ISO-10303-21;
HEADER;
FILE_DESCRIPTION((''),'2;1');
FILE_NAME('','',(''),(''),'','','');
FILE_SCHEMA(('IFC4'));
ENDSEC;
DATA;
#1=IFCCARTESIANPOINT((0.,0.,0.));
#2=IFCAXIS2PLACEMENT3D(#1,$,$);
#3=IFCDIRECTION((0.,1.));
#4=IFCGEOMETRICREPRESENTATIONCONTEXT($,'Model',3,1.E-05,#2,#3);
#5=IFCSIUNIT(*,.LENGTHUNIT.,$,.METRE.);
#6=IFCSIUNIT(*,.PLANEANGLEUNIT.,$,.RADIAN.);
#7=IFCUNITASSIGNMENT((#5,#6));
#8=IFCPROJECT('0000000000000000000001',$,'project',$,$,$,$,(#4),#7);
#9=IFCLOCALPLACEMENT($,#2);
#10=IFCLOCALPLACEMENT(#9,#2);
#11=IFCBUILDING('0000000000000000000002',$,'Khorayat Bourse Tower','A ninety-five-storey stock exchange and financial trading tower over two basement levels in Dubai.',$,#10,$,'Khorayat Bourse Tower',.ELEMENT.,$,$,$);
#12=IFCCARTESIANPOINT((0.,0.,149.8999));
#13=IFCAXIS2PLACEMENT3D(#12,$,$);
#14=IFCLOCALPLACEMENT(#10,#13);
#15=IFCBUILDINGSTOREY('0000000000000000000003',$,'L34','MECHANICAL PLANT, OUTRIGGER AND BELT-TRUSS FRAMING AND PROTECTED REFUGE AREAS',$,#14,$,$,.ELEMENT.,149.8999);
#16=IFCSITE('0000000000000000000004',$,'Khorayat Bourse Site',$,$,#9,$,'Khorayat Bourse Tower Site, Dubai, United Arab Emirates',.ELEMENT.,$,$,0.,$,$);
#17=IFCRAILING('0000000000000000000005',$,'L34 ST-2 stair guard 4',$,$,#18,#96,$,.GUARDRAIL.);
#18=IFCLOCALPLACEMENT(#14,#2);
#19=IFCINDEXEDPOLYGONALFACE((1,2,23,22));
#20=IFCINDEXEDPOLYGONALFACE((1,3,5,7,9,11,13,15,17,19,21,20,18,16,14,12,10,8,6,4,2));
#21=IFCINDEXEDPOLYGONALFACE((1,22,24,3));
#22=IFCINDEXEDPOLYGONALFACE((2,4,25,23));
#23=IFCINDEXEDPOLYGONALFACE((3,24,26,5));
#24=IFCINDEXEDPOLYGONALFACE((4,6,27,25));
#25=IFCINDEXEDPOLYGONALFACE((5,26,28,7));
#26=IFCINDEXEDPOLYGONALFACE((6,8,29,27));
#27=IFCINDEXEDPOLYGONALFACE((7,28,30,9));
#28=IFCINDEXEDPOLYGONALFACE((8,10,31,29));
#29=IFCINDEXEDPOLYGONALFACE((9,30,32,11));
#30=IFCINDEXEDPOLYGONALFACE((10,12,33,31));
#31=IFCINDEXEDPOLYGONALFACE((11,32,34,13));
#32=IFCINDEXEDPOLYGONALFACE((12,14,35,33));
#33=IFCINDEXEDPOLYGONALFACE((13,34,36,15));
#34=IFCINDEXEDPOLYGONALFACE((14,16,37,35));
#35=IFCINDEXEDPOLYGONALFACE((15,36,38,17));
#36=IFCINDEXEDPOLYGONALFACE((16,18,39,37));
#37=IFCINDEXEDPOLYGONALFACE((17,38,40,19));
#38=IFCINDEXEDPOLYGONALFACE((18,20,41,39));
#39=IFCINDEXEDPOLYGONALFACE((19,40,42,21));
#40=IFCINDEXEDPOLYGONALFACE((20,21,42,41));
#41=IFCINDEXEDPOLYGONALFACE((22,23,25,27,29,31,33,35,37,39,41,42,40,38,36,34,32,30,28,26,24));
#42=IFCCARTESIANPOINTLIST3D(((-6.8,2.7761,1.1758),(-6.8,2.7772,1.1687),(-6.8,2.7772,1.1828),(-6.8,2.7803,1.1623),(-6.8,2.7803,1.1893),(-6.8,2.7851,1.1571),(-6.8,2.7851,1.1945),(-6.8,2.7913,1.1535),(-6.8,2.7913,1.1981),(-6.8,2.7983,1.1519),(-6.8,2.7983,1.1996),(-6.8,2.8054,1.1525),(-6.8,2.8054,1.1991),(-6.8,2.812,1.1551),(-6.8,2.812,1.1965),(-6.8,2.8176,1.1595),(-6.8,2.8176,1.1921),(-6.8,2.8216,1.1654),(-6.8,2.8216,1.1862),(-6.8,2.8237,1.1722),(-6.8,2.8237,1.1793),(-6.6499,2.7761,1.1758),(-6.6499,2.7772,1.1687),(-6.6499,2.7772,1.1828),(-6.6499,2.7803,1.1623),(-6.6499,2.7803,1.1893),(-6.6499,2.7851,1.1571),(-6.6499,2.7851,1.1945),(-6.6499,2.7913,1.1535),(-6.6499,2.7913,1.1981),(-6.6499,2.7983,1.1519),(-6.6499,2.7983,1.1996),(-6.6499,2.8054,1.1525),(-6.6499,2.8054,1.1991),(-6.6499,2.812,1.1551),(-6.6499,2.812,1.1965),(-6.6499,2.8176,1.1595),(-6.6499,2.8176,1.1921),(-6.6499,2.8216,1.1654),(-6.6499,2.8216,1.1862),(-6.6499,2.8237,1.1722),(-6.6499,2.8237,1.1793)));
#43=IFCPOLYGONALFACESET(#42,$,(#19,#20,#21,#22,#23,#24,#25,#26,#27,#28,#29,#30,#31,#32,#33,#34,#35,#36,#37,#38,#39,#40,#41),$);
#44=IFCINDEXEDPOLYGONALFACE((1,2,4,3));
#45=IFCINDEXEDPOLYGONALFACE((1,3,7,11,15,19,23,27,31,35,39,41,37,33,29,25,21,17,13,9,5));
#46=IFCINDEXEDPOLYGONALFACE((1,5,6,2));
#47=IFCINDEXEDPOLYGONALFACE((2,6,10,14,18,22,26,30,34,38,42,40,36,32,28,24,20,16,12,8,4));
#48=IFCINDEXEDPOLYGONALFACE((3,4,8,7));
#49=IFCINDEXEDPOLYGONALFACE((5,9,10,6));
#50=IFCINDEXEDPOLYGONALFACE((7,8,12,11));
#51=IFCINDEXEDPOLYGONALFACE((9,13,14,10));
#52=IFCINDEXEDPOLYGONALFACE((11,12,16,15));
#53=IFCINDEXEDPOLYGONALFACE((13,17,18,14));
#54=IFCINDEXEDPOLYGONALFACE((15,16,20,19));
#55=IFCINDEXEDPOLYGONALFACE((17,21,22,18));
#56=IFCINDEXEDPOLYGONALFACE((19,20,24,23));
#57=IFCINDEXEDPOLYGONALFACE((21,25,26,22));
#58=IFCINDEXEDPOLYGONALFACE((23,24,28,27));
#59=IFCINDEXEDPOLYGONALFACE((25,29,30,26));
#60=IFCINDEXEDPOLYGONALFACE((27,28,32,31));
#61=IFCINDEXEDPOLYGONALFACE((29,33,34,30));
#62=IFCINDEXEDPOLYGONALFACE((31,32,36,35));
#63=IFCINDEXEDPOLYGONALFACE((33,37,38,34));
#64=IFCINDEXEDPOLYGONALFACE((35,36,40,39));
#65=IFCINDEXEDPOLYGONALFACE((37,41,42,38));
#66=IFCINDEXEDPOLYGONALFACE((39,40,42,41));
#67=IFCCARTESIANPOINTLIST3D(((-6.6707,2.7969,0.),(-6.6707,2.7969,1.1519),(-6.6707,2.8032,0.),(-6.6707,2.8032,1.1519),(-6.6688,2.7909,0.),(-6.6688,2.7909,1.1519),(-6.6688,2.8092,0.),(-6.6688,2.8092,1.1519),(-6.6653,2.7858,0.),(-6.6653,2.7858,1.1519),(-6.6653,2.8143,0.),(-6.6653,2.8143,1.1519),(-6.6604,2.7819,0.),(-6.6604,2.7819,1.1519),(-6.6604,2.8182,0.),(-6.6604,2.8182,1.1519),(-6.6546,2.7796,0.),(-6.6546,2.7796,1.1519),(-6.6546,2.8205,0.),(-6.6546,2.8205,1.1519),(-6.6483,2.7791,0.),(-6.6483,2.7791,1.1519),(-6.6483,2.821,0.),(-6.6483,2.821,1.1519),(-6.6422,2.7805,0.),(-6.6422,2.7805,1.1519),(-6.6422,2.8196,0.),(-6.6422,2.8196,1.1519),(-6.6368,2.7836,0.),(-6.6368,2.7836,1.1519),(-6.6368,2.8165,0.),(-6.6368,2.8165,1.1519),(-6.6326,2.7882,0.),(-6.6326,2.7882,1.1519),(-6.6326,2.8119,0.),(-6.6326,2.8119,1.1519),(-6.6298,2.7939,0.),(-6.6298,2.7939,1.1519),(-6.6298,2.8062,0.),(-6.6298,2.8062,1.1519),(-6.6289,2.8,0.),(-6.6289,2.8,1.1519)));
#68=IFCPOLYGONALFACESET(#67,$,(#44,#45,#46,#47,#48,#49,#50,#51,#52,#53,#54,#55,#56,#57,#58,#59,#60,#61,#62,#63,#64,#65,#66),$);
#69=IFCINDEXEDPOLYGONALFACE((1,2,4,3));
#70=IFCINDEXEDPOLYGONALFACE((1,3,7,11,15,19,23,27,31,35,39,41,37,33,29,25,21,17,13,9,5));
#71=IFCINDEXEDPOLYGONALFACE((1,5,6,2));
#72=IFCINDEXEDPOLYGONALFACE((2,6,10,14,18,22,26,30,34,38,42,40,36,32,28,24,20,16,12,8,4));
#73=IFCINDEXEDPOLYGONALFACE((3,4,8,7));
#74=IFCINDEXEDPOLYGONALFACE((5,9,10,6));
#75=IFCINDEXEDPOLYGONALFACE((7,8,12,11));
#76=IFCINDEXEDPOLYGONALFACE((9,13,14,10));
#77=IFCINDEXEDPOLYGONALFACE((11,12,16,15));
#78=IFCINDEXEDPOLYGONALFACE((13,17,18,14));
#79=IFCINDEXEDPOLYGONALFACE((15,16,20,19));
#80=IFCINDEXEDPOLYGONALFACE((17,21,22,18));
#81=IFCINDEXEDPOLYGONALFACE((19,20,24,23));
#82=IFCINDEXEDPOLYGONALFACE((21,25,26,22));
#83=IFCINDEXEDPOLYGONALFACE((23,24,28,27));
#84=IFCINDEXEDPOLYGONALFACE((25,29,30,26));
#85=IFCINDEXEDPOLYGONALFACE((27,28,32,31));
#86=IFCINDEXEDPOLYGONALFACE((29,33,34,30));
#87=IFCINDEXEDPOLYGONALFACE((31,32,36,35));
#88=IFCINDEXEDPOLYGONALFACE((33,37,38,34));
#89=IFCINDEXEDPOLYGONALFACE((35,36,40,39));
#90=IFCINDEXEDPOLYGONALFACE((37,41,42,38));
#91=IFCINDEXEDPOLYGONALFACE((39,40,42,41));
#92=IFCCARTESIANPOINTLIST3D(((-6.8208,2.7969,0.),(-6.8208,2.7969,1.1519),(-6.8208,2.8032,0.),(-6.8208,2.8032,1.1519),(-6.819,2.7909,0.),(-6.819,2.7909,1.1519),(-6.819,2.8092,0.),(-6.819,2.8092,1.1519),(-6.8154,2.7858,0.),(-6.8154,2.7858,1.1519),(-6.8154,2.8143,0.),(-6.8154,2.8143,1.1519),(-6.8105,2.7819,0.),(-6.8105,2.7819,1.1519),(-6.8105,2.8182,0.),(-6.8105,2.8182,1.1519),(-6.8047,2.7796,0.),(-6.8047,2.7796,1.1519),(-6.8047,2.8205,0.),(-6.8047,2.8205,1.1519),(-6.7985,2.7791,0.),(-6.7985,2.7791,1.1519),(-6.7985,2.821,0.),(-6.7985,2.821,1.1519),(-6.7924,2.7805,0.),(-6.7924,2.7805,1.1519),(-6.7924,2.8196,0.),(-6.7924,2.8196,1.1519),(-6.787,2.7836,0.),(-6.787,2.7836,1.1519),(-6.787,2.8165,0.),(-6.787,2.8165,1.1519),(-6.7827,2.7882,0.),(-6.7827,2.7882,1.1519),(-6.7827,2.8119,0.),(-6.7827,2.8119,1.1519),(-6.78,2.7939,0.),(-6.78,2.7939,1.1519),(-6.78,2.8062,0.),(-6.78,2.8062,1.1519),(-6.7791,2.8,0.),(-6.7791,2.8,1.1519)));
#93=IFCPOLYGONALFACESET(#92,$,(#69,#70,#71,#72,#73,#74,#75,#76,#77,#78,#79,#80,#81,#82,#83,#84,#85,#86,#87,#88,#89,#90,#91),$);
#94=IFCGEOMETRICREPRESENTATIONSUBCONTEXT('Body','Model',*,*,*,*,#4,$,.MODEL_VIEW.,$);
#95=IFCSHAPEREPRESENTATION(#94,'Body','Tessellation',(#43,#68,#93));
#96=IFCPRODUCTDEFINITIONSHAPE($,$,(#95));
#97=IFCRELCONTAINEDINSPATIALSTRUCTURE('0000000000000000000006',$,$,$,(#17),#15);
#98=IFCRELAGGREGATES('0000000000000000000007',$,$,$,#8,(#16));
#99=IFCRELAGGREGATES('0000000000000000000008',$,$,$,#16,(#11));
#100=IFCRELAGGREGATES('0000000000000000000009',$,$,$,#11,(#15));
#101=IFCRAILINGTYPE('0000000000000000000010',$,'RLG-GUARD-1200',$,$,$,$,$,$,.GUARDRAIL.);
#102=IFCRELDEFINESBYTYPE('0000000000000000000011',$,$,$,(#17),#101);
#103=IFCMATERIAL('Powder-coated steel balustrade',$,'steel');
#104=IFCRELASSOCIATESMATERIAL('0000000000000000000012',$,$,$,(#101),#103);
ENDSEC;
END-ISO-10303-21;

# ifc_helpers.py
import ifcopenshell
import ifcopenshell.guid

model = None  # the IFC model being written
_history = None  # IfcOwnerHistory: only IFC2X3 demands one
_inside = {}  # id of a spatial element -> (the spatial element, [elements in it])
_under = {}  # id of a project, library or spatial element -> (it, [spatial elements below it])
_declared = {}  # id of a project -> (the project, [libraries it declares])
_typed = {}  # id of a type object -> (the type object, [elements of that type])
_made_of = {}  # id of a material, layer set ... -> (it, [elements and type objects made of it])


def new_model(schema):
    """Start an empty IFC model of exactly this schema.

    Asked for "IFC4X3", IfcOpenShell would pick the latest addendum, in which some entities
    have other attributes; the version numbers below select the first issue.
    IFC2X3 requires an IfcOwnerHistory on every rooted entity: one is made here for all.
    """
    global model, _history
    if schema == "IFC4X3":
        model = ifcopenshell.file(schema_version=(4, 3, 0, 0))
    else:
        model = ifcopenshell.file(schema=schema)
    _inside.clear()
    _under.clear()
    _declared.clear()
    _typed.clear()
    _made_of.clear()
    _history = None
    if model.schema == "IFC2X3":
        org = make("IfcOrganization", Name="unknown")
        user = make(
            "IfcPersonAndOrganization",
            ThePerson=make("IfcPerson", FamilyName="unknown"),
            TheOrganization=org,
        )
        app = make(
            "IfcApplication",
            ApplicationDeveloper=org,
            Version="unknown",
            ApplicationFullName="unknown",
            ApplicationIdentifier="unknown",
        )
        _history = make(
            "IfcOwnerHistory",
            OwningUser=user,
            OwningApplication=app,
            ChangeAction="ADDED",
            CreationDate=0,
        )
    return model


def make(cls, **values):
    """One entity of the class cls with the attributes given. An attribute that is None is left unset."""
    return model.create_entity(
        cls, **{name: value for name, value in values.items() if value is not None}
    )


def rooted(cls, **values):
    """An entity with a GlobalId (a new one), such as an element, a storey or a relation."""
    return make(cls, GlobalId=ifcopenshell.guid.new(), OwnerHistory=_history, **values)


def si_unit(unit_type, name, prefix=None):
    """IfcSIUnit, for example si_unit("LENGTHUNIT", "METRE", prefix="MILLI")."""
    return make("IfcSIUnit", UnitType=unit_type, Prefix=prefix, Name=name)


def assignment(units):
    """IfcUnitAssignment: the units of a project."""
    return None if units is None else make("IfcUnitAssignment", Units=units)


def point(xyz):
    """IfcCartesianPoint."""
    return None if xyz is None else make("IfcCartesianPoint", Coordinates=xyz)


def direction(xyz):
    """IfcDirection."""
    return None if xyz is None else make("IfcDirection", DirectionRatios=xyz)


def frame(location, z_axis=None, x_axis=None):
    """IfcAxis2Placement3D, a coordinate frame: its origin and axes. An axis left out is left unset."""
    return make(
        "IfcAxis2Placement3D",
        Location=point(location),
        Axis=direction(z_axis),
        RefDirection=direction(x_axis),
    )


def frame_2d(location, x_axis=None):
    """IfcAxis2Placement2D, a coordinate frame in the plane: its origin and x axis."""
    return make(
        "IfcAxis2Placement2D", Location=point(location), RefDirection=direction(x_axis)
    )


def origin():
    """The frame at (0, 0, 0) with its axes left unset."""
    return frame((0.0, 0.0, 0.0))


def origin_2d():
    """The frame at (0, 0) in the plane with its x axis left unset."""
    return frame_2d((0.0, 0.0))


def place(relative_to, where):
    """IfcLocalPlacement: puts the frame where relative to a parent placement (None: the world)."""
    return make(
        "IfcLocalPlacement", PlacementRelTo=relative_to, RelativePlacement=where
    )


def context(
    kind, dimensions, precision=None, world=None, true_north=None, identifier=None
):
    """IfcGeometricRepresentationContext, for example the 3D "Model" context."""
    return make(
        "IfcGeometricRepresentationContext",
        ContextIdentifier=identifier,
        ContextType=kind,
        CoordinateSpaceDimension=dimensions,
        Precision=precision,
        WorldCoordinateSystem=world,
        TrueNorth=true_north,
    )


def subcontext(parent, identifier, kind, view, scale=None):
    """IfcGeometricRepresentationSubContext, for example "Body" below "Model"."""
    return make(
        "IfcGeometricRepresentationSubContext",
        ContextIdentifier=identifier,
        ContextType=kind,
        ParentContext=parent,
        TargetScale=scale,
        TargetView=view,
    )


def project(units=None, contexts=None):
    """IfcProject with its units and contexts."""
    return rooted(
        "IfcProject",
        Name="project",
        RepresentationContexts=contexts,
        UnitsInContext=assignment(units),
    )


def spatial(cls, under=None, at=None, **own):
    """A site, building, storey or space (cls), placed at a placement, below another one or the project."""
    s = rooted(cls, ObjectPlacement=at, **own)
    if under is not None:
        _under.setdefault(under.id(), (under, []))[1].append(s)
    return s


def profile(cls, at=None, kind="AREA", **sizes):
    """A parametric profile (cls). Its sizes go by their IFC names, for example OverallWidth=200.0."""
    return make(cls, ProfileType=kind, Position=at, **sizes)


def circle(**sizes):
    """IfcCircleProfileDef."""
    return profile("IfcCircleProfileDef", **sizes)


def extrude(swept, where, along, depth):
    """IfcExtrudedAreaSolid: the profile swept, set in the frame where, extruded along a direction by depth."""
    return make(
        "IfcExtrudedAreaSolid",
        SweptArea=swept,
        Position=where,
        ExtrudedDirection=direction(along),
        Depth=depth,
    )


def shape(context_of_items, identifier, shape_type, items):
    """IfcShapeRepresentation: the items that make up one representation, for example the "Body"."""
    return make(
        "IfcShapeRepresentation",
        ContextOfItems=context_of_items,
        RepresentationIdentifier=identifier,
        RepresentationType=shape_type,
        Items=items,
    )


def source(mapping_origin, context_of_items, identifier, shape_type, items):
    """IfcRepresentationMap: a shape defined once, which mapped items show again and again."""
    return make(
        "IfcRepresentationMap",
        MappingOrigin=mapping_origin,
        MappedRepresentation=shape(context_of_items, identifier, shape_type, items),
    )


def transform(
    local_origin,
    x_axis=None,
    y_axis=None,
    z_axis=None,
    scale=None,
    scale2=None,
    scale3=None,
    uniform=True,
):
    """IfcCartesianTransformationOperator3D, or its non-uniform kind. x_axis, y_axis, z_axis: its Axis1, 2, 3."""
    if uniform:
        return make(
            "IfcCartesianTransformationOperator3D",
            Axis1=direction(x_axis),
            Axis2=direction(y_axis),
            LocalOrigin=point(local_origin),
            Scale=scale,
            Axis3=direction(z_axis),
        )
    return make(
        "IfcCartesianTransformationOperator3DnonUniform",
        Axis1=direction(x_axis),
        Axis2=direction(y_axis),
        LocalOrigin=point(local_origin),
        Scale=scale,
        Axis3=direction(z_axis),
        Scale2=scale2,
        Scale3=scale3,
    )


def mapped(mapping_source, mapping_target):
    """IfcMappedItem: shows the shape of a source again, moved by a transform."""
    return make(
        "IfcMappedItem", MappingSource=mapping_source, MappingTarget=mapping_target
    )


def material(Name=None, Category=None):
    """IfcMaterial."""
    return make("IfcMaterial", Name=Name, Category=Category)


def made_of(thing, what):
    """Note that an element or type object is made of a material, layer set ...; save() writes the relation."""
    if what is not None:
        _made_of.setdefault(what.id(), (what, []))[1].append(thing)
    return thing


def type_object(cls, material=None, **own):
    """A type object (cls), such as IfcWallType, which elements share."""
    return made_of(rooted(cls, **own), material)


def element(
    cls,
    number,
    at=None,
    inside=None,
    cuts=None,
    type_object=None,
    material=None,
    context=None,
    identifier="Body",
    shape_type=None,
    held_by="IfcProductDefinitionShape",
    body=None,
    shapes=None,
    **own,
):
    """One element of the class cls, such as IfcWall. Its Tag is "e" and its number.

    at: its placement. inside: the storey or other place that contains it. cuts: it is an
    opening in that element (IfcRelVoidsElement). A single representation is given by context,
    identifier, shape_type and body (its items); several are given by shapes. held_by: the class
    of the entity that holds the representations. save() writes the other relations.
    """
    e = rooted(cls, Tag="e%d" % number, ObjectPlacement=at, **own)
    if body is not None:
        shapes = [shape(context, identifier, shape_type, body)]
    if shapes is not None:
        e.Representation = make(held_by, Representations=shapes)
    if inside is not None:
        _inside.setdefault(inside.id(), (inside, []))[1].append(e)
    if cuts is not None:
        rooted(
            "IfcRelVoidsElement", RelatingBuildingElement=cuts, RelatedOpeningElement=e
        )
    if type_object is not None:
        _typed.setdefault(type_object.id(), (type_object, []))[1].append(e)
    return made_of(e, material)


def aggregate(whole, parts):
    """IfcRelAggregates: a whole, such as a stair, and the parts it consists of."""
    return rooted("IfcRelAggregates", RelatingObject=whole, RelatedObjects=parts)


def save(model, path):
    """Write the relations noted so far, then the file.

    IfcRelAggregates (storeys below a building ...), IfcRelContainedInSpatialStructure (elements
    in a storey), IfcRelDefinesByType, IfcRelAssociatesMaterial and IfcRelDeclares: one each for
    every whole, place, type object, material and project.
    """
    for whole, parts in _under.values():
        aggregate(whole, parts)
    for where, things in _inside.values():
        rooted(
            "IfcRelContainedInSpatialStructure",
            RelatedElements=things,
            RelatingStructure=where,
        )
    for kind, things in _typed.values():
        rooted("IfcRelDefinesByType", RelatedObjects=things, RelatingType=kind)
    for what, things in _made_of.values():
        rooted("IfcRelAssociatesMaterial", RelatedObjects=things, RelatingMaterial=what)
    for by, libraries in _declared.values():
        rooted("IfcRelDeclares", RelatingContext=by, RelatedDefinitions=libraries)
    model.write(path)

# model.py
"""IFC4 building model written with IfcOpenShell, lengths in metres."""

from ifc_helpers import new_model, si_unit, direction, frame, origin, origin_2d, place, context, subcontext, project, spatial, circle, extrude, source, transform, mapped, material, type_object, element, save


model = new_model("IFC4")

# Units and contexts
model_context = context("Model", 3, precision=1e-05, world=origin(), true_north=direction((0.0, 1.0)))
body_context = subcontext(model_context, "Body", "Model", "MODEL_VIEW")
ifc_project = project(units=[si_unit("LENGTHUNIT", "METRE"), si_unit("PLANEANGLEUNIT", "RADIAN")], contexts=[model_context])

# Site, building, storey
site_placement = place(None, origin())
site = spatial("IfcSite", under=ifc_project, at=site_placement, Name="Khorayat Bourse Site", LongName="Khorayat Bourse Tower Site, Dubai, United Arab Emirates", CompositionType="ELEMENT", RefElevation=0.0)
building_placement = place(site_placement, origin())
building = spatial("IfcBuilding", under=site, at=building_placement, Name="Khorayat Bourse Tower", Description="A ninety-five-storey stock exchange and financial trading tower over two basement levels in Dubai.", LongName="Khorayat Bourse Tower", CompositionType="ELEMENT")
storey_placement = place(building_placement, frame((0.0, 0.0, 149.8999)))
storey = spatial("IfcBuildingStorey", under=building, at=storey_placement, Name="L34", Description="MECHANICAL PLANT, OUTRIGGER AND BELT-TRUSS FRAMING AND PROTECTED REFUGE AREAS", CompositionType="ELEMENT", Elevation=149.8999)

# Railing
ifc_material_1 = material(Name="Powder-coated steel balustrade", Category="steel")
railing_type_1 = type_object("IfcRailingType", Name="RLG-GUARD-1200", PredefinedType="GUARDRAIL", material=ifc_material_1)
shared_shape_1 = source(origin(), body_context, "Body", "SweptSolid", [
    extrude(circle(Radius=0.0239, at=origin_2d()), frame((0.0, 0.0, 1.1758), z_axis=(-1.0, 0.0, 0.0), x_axis=(0.0, -1.0, 0.0)), (0.0, 0.0, 1.0), 0.1501),
    extrude(circle(Radius=0.021, at=origin_2d()), origin(), (0.0, 0.0, 1.0), 1.1519),
    extrude(circle(Radius=0.021, at=origin_2d()), frame((-0.1501, 0.0, 0.0)), (0.0, 0.0, 1.0), 1.1519),
])
for number, where, name in (
    (1, (-6.6499, 2.8, 0.0), "L34 ST-2 stair guard 4"),
):
    element("IfcRailing", number, at=place(storey_placement, frame(where)), inside=storey, type_object=railing_type_1, Name=name, PredefinedType="GUARDRAIL", context=body_context, shape_type="MappedRepresentation", body=[
        mapped(shared_shape_1, transform((0.0, 0.0, 0.0), scale=1.0)),
    ])

save(model, "model.ifc")
